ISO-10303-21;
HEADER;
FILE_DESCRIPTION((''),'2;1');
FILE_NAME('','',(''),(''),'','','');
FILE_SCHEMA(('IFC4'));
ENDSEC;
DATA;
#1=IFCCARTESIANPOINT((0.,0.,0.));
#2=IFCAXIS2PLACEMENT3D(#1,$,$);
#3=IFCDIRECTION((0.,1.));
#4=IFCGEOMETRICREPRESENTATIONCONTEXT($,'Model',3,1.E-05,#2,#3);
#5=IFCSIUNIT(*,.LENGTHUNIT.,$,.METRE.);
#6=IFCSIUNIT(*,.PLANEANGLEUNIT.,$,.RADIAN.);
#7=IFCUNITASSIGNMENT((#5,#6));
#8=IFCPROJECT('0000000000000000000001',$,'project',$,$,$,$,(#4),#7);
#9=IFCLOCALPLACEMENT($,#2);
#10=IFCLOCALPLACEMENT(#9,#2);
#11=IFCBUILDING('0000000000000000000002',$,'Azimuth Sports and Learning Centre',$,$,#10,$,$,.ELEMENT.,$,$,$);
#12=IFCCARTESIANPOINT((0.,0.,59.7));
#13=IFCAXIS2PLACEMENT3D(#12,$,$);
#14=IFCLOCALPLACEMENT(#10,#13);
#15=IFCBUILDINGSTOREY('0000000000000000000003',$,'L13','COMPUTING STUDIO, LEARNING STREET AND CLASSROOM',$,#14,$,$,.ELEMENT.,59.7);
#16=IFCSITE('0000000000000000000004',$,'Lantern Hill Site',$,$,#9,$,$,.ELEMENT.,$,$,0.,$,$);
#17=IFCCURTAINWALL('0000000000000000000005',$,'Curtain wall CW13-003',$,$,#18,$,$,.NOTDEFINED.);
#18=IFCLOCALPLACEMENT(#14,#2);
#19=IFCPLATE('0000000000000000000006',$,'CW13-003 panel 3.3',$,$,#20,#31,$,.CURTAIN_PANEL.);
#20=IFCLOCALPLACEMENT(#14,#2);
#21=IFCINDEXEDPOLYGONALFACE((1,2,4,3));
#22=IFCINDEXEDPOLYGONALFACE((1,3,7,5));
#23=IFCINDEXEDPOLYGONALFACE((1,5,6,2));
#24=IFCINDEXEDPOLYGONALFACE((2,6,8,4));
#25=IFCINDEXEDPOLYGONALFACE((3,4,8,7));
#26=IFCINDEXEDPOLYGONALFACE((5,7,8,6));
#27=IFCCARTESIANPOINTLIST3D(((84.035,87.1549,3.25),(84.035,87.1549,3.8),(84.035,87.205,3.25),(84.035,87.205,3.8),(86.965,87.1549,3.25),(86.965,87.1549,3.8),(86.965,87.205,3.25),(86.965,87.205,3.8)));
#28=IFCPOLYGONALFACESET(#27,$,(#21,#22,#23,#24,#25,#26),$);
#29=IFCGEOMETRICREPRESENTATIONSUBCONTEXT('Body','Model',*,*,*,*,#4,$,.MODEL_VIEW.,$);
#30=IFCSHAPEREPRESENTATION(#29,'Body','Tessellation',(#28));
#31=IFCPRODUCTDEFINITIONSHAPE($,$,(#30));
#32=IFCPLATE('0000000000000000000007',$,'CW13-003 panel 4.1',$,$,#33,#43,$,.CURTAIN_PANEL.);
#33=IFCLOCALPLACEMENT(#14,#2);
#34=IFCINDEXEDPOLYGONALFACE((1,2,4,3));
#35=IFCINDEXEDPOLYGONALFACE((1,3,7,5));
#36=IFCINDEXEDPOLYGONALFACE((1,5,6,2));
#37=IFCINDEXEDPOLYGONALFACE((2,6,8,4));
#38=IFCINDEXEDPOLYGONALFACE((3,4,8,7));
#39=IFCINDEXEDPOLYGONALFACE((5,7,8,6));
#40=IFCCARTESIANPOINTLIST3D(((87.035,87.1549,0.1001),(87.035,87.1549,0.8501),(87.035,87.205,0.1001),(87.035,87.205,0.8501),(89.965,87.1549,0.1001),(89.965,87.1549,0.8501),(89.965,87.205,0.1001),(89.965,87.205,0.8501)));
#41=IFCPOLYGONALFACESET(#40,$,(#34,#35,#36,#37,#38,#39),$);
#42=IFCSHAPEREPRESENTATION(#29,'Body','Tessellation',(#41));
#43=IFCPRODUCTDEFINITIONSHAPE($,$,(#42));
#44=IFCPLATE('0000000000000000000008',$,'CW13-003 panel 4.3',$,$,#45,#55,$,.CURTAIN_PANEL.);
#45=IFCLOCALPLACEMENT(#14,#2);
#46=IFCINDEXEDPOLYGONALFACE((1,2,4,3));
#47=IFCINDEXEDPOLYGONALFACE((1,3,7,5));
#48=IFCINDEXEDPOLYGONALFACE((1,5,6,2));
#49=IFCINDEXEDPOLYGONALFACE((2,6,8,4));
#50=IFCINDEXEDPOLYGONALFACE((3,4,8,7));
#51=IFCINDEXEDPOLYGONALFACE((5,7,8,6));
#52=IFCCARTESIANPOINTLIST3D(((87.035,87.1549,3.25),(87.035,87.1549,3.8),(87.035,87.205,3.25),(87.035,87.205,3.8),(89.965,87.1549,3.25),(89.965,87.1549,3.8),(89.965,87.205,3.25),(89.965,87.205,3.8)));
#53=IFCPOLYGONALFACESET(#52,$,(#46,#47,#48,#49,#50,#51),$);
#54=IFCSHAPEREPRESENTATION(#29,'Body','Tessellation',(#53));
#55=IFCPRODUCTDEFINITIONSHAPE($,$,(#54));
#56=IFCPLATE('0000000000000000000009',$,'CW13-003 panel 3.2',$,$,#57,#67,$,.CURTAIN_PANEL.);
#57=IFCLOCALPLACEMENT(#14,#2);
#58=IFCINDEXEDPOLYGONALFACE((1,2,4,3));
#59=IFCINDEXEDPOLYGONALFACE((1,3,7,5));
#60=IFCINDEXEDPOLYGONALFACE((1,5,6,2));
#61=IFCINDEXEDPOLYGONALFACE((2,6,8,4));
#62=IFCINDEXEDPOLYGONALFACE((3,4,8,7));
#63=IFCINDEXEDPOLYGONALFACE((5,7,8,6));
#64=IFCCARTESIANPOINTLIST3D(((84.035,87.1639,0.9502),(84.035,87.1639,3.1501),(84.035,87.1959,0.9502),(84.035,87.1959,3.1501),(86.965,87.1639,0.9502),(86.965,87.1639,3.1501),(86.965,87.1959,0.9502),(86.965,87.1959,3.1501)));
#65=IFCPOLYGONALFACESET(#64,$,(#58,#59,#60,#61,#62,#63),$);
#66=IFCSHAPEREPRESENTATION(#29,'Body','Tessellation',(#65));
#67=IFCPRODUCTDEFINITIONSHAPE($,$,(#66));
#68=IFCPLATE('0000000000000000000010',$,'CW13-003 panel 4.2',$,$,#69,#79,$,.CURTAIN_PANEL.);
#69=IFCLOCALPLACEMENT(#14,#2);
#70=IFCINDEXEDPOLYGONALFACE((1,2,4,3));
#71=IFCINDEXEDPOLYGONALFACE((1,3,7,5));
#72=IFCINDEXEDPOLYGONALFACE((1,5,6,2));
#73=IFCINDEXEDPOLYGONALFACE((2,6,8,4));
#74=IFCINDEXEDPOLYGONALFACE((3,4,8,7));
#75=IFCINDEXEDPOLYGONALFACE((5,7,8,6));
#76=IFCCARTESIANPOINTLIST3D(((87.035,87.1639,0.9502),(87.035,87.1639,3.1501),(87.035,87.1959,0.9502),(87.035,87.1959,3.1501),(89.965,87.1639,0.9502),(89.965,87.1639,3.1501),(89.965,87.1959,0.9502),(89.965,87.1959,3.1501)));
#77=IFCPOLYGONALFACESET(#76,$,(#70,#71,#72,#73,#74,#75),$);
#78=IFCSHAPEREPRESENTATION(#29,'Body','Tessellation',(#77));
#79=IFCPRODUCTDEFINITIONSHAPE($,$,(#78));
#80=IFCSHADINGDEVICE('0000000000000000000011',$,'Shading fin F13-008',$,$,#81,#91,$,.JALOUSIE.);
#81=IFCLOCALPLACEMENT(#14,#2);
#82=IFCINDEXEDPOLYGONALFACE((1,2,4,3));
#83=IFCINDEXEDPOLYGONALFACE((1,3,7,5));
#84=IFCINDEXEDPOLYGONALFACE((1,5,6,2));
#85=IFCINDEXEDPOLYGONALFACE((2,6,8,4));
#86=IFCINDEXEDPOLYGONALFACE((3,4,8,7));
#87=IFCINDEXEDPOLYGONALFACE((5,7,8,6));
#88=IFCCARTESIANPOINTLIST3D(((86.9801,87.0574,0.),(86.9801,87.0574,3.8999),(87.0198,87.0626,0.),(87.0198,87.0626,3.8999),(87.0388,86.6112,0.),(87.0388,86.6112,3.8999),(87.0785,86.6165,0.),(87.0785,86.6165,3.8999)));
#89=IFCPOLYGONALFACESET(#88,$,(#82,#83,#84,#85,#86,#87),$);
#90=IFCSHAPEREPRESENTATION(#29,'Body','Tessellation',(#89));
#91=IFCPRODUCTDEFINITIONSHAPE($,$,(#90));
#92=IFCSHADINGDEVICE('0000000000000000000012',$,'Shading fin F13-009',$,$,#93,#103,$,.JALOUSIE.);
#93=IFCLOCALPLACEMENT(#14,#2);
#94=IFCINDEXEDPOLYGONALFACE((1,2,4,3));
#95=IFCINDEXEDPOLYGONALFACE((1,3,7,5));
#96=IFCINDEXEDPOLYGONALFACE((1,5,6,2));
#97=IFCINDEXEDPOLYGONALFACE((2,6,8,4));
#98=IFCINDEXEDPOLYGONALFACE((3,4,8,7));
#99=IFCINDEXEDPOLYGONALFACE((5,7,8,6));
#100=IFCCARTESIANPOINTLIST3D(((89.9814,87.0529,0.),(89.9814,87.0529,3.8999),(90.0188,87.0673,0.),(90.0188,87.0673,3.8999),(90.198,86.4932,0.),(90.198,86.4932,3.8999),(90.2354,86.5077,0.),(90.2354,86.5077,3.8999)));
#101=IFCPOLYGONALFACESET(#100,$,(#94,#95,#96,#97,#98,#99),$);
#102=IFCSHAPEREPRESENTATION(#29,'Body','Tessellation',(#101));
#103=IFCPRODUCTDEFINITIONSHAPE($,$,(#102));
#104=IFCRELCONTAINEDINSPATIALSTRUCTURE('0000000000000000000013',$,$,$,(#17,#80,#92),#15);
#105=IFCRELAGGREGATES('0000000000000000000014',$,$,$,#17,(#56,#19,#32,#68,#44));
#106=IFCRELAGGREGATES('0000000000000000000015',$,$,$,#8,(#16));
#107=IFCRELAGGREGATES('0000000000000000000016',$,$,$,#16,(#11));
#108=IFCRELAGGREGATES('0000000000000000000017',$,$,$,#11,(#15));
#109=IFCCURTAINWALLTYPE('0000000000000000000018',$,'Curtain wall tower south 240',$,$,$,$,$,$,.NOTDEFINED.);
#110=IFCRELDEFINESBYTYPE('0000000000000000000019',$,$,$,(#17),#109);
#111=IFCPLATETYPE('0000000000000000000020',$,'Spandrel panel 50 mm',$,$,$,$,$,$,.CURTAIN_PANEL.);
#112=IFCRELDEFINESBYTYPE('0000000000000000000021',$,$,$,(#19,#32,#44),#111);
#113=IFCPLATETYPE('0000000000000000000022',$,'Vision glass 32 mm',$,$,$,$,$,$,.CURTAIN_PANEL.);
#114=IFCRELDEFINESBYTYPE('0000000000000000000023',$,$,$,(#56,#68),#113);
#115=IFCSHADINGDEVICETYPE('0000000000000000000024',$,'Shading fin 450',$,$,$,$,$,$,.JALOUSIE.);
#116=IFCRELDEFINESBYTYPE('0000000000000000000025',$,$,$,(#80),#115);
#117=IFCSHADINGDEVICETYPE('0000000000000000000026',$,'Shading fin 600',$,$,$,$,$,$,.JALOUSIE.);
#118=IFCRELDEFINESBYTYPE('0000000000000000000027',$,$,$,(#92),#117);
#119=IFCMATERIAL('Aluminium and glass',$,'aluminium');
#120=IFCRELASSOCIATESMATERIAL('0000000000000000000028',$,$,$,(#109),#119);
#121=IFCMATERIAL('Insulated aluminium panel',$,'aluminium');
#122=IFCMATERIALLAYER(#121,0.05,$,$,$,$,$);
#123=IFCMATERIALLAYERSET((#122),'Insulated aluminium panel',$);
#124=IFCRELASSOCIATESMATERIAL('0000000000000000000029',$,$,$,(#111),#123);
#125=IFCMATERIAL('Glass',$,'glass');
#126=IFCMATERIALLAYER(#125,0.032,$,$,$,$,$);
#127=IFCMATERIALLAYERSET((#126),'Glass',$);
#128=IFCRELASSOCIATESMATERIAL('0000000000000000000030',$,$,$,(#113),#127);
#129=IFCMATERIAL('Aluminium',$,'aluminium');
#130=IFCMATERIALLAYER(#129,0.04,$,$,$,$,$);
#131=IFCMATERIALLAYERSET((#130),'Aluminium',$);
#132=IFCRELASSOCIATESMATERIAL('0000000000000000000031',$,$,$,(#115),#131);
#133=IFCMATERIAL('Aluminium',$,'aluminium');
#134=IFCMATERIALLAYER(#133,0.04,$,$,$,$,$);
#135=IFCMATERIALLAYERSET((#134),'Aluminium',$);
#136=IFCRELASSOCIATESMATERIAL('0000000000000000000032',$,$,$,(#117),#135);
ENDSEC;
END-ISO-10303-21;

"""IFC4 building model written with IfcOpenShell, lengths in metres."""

from ifc_helpers import new_model, si_unit, direction, frame, origin, origin_2d, place, context, subcontext, project, spatial, rectangle, extrude, material, layer, layer_set, type_object, element, aggregate, save


model = new_model("IFC4")

# Units and contexts
model_context = context("Model", 3, precision=1e-05, world=origin(), true_north=direction((0.0, 1.0)))
body_context = subcontext(model_context, "Body", "Model", "MODEL_VIEW")
ifc_project = project(units=[si_unit("LENGTHUNIT", "METRE"), si_unit("PLANEANGLEUNIT", "RADIAN")], contexts=[model_context])

# Site, building, storey
site_placement = place(None, origin())
site = spatial("IfcSite", under=ifc_project, at=site_placement, Name="Lantern Hill Site", CompositionType="ELEMENT", RefElevation=0.0)
building_placement = place(site_placement, origin())
building = spatial("IfcBuilding", under=site, at=building_placement, Name="Azimuth Sports and Learning Centre", CompositionType="ELEMENT")
storey_placement = place(building_placement, frame((0.0, 0.0, 59.7)))
storey = spatial("IfcBuildingStorey", under=building, at=storey_placement, Name="L13", Description="COMPUTING STUDIO, LEARNING STREET AND CLASSROOM", CompositionType="ELEMENT", Elevation=59.7)

# Curtain wall, plates
ifc_material_1 = material(Name="Aluminium and glass", Category="aluminium")
curtain_wall_type = type_object("IfcCurtainWallType", Name="Curtain wall tower south 240", PredefinedType="NOTDEFINED", material=ifc_material_1)
curtain_wall_placement = place(storey_placement, origin())
curtain_wall = element("IfcCurtainWall", 1, at=curtain_wall_placement, inside=storey, type_object=curtain_wall_type, Name="Curtain wall CW13-003", PredefinedType="NOTDEFINED")
ifc_material_2 = material(Name="Insulated aluminium panel", Category="aluminium")
ifc_layer_1 = layer(ifc_material_2, 0.05)
ifc_layer_set_1 = layer_set([ifc_layer_1], Name="Insulated aluminium panel")
plate_type_1 = type_object("IfcPlateType", Name="Spandrel panel 50 mm", PredefinedType="CURTAIN_PANEL", material=ifc_layer_set_1)
plate_1_placement = place(storey_placement, frame((85.5, 87.1799, 3.25), z_axis=(0.0, 0.0, 1.0), x_axis=(1.0, 0.0, 0.0)))
plate_1 = element("IfcPlate", 2, at=plate_1_placement, type_object=plate_type_1, Name="CW13-003 panel 3.3", PredefinedType="CURTAIN_PANEL", context=body_context, shape_type="SweptSolid", body=[
    extrude(rectangle(XDim=2.9299, YDim=0.05, at=origin_2d()), origin(), (0.0, 0.0, 1.0), 0.55),
])
plate_2_placement = place(storey_placement, frame((88.5, 87.1799, 0.1001), z_axis=(0.0, 0.0, 1.0), x_axis=(1.0, 0.0, 0.0)))
plate_2 = element("IfcPlate", 3, at=plate_2_placement, type_object=plate_type_1, Name="CW13-003 panel 4.1", PredefinedType="CURTAIN_PANEL", context=body_context, shape_type="SweptSolid", body=[
    extrude(rectangle(XDim=2.9299, YDim=0.05, at=origin_2d()), origin(), (0.0, 0.0, 1.0), 0.75),
])
plate_3_placement = place(storey_placement, frame((88.5, 87.1799, 3.25), z_axis=(0.0, 0.0, 1.0), x_axis=(1.0, 0.0, 0.0)))
plate_3 = element("IfcPlate", 4, at=plate_3_placement, type_object=plate_type_1, Name="CW13-003 panel 4.3", PredefinedType="CURTAIN_PANEL", context=body_context, shape_type="SweptSolid", body=[
    extrude(rectangle(XDim=2.9299, YDim=0.05, at=origin_2d()), origin(), (0.0, 0.0, 1.0), 0.55),
])
ifc_material_3 = material(Name="Glass", Category="glass")
ifc_layer_2 = layer(ifc_material_3, 0.032)
ifc_layer_set_2 = layer_set([ifc_layer_2], Name="Glass")
plate_type_2 = type_object("IfcPlateType", Name="Vision glass 32 mm", PredefinedType="CURTAIN_PANEL", material=ifc_layer_set_2)
plate_4_placement = place(storey_placement, frame((85.5, 87.1799, 0.9502), z_axis=(0.0, 0.0, 1.0), x_axis=(1.0, 0.0, 0.0)))
plate_4 = element("IfcPlate", 5, at=plate_4_placement, type_object=plate_type_2, Name="CW13-003 panel 3.2", PredefinedType="CURTAIN_PANEL", context=body_context, shape_type="SweptSolid", body=[
    extrude(rectangle(XDim=2.9299, YDim=0.032, at=origin_2d()), origin(), (0.0, 0.0, 1.0), 2.2),
])
plate_5_placement = place(storey_placement, frame((88.5, 87.1799, 0.9502), z_axis=(0.0, 0.0, 1.0), x_axis=(1.0, 0.0, 0.0)))
plate_5 = element("IfcPlate", 6, at=plate_5_placement, type_object=plate_type_2, Name="CW13-003 panel 4.2", PredefinedType="CURTAIN_PANEL", context=body_context, shape_type="SweptSolid", body=[
    extrude(rectangle(XDim=2.9299, YDim=0.032, at=origin_2d()), origin(), (0.0, 0.0, 1.0), 2.2),
])
aggregate(curtain_wall, [plate_4, plate_1, plate_2, plate_5, plate_3])

# Shading devices
ifc_material_4 = material(Name="Aluminium", Category="aluminium")
ifc_layer_3 = layer(ifc_material_4, 0.04)
ifc_layer_set_3 = layer_set([ifc_layer_3], Name="Aluminium")
shading_device_type_1 = type_object("IfcShadingDeviceType", Name="Shading fin 450", PredefinedType="JALOUSIE", material=ifc_layer_set_3)
shading_device_1_placement = place(storey_placement, frame((87.0293, 86.8369, 0.0), z_axis=(0.0, 0.0, 1.0), x_axis=(0.130264, -0.991479, 0.0)))
element("IfcShadingDevice", 7, at=shading_device_1_placement, inside=storey, type_object=shading_device_type_1, Name="Shading fin F13-008", PredefinedType="JALOUSIE", context=body_context, shape_type="SweptSolid", body=[
    extrude(rectangle(XDim=0.45, YDim=0.04, at=origin_2d()), origin(), (0.0, 0.0, 1.0), 3.8999),
])
ifc_material_5 = material(Name="Aluminium", Category="aluminium")
ifc_layer_4 = layer(ifc_material_5, 0.04)
ifc_layer_set_4 = layer_set([ifc_layer_4], Name="Aluminium")
shading_device_type_2 = type_object("IfcShadingDeviceType", Name="Shading fin 600", PredefinedType="JALOUSIE", material=ifc_layer_set_4)
shading_device_2_placement = place(storey_placement, frame((90.1084, 86.7803, 0.0), z_axis=(0.0, 0.0, 1.0), x_axis=(0.360978, -0.932574, 0.0)))
element("IfcShadingDevice", 8, at=shading_device_2_placement, inside=storey, type_object=shading_device_type_2, Name="Shading fin F13-009", PredefinedType="JALOUSIE", context=body_context, shape_type="SweptSolid", body=[
    extrude(rectangle(XDim=0.6001, YDim=0.04, at=origin_2d()), origin(), (0.0, 0.0, 1.0), 3.8999),
])

save(model, "model.ifc")
